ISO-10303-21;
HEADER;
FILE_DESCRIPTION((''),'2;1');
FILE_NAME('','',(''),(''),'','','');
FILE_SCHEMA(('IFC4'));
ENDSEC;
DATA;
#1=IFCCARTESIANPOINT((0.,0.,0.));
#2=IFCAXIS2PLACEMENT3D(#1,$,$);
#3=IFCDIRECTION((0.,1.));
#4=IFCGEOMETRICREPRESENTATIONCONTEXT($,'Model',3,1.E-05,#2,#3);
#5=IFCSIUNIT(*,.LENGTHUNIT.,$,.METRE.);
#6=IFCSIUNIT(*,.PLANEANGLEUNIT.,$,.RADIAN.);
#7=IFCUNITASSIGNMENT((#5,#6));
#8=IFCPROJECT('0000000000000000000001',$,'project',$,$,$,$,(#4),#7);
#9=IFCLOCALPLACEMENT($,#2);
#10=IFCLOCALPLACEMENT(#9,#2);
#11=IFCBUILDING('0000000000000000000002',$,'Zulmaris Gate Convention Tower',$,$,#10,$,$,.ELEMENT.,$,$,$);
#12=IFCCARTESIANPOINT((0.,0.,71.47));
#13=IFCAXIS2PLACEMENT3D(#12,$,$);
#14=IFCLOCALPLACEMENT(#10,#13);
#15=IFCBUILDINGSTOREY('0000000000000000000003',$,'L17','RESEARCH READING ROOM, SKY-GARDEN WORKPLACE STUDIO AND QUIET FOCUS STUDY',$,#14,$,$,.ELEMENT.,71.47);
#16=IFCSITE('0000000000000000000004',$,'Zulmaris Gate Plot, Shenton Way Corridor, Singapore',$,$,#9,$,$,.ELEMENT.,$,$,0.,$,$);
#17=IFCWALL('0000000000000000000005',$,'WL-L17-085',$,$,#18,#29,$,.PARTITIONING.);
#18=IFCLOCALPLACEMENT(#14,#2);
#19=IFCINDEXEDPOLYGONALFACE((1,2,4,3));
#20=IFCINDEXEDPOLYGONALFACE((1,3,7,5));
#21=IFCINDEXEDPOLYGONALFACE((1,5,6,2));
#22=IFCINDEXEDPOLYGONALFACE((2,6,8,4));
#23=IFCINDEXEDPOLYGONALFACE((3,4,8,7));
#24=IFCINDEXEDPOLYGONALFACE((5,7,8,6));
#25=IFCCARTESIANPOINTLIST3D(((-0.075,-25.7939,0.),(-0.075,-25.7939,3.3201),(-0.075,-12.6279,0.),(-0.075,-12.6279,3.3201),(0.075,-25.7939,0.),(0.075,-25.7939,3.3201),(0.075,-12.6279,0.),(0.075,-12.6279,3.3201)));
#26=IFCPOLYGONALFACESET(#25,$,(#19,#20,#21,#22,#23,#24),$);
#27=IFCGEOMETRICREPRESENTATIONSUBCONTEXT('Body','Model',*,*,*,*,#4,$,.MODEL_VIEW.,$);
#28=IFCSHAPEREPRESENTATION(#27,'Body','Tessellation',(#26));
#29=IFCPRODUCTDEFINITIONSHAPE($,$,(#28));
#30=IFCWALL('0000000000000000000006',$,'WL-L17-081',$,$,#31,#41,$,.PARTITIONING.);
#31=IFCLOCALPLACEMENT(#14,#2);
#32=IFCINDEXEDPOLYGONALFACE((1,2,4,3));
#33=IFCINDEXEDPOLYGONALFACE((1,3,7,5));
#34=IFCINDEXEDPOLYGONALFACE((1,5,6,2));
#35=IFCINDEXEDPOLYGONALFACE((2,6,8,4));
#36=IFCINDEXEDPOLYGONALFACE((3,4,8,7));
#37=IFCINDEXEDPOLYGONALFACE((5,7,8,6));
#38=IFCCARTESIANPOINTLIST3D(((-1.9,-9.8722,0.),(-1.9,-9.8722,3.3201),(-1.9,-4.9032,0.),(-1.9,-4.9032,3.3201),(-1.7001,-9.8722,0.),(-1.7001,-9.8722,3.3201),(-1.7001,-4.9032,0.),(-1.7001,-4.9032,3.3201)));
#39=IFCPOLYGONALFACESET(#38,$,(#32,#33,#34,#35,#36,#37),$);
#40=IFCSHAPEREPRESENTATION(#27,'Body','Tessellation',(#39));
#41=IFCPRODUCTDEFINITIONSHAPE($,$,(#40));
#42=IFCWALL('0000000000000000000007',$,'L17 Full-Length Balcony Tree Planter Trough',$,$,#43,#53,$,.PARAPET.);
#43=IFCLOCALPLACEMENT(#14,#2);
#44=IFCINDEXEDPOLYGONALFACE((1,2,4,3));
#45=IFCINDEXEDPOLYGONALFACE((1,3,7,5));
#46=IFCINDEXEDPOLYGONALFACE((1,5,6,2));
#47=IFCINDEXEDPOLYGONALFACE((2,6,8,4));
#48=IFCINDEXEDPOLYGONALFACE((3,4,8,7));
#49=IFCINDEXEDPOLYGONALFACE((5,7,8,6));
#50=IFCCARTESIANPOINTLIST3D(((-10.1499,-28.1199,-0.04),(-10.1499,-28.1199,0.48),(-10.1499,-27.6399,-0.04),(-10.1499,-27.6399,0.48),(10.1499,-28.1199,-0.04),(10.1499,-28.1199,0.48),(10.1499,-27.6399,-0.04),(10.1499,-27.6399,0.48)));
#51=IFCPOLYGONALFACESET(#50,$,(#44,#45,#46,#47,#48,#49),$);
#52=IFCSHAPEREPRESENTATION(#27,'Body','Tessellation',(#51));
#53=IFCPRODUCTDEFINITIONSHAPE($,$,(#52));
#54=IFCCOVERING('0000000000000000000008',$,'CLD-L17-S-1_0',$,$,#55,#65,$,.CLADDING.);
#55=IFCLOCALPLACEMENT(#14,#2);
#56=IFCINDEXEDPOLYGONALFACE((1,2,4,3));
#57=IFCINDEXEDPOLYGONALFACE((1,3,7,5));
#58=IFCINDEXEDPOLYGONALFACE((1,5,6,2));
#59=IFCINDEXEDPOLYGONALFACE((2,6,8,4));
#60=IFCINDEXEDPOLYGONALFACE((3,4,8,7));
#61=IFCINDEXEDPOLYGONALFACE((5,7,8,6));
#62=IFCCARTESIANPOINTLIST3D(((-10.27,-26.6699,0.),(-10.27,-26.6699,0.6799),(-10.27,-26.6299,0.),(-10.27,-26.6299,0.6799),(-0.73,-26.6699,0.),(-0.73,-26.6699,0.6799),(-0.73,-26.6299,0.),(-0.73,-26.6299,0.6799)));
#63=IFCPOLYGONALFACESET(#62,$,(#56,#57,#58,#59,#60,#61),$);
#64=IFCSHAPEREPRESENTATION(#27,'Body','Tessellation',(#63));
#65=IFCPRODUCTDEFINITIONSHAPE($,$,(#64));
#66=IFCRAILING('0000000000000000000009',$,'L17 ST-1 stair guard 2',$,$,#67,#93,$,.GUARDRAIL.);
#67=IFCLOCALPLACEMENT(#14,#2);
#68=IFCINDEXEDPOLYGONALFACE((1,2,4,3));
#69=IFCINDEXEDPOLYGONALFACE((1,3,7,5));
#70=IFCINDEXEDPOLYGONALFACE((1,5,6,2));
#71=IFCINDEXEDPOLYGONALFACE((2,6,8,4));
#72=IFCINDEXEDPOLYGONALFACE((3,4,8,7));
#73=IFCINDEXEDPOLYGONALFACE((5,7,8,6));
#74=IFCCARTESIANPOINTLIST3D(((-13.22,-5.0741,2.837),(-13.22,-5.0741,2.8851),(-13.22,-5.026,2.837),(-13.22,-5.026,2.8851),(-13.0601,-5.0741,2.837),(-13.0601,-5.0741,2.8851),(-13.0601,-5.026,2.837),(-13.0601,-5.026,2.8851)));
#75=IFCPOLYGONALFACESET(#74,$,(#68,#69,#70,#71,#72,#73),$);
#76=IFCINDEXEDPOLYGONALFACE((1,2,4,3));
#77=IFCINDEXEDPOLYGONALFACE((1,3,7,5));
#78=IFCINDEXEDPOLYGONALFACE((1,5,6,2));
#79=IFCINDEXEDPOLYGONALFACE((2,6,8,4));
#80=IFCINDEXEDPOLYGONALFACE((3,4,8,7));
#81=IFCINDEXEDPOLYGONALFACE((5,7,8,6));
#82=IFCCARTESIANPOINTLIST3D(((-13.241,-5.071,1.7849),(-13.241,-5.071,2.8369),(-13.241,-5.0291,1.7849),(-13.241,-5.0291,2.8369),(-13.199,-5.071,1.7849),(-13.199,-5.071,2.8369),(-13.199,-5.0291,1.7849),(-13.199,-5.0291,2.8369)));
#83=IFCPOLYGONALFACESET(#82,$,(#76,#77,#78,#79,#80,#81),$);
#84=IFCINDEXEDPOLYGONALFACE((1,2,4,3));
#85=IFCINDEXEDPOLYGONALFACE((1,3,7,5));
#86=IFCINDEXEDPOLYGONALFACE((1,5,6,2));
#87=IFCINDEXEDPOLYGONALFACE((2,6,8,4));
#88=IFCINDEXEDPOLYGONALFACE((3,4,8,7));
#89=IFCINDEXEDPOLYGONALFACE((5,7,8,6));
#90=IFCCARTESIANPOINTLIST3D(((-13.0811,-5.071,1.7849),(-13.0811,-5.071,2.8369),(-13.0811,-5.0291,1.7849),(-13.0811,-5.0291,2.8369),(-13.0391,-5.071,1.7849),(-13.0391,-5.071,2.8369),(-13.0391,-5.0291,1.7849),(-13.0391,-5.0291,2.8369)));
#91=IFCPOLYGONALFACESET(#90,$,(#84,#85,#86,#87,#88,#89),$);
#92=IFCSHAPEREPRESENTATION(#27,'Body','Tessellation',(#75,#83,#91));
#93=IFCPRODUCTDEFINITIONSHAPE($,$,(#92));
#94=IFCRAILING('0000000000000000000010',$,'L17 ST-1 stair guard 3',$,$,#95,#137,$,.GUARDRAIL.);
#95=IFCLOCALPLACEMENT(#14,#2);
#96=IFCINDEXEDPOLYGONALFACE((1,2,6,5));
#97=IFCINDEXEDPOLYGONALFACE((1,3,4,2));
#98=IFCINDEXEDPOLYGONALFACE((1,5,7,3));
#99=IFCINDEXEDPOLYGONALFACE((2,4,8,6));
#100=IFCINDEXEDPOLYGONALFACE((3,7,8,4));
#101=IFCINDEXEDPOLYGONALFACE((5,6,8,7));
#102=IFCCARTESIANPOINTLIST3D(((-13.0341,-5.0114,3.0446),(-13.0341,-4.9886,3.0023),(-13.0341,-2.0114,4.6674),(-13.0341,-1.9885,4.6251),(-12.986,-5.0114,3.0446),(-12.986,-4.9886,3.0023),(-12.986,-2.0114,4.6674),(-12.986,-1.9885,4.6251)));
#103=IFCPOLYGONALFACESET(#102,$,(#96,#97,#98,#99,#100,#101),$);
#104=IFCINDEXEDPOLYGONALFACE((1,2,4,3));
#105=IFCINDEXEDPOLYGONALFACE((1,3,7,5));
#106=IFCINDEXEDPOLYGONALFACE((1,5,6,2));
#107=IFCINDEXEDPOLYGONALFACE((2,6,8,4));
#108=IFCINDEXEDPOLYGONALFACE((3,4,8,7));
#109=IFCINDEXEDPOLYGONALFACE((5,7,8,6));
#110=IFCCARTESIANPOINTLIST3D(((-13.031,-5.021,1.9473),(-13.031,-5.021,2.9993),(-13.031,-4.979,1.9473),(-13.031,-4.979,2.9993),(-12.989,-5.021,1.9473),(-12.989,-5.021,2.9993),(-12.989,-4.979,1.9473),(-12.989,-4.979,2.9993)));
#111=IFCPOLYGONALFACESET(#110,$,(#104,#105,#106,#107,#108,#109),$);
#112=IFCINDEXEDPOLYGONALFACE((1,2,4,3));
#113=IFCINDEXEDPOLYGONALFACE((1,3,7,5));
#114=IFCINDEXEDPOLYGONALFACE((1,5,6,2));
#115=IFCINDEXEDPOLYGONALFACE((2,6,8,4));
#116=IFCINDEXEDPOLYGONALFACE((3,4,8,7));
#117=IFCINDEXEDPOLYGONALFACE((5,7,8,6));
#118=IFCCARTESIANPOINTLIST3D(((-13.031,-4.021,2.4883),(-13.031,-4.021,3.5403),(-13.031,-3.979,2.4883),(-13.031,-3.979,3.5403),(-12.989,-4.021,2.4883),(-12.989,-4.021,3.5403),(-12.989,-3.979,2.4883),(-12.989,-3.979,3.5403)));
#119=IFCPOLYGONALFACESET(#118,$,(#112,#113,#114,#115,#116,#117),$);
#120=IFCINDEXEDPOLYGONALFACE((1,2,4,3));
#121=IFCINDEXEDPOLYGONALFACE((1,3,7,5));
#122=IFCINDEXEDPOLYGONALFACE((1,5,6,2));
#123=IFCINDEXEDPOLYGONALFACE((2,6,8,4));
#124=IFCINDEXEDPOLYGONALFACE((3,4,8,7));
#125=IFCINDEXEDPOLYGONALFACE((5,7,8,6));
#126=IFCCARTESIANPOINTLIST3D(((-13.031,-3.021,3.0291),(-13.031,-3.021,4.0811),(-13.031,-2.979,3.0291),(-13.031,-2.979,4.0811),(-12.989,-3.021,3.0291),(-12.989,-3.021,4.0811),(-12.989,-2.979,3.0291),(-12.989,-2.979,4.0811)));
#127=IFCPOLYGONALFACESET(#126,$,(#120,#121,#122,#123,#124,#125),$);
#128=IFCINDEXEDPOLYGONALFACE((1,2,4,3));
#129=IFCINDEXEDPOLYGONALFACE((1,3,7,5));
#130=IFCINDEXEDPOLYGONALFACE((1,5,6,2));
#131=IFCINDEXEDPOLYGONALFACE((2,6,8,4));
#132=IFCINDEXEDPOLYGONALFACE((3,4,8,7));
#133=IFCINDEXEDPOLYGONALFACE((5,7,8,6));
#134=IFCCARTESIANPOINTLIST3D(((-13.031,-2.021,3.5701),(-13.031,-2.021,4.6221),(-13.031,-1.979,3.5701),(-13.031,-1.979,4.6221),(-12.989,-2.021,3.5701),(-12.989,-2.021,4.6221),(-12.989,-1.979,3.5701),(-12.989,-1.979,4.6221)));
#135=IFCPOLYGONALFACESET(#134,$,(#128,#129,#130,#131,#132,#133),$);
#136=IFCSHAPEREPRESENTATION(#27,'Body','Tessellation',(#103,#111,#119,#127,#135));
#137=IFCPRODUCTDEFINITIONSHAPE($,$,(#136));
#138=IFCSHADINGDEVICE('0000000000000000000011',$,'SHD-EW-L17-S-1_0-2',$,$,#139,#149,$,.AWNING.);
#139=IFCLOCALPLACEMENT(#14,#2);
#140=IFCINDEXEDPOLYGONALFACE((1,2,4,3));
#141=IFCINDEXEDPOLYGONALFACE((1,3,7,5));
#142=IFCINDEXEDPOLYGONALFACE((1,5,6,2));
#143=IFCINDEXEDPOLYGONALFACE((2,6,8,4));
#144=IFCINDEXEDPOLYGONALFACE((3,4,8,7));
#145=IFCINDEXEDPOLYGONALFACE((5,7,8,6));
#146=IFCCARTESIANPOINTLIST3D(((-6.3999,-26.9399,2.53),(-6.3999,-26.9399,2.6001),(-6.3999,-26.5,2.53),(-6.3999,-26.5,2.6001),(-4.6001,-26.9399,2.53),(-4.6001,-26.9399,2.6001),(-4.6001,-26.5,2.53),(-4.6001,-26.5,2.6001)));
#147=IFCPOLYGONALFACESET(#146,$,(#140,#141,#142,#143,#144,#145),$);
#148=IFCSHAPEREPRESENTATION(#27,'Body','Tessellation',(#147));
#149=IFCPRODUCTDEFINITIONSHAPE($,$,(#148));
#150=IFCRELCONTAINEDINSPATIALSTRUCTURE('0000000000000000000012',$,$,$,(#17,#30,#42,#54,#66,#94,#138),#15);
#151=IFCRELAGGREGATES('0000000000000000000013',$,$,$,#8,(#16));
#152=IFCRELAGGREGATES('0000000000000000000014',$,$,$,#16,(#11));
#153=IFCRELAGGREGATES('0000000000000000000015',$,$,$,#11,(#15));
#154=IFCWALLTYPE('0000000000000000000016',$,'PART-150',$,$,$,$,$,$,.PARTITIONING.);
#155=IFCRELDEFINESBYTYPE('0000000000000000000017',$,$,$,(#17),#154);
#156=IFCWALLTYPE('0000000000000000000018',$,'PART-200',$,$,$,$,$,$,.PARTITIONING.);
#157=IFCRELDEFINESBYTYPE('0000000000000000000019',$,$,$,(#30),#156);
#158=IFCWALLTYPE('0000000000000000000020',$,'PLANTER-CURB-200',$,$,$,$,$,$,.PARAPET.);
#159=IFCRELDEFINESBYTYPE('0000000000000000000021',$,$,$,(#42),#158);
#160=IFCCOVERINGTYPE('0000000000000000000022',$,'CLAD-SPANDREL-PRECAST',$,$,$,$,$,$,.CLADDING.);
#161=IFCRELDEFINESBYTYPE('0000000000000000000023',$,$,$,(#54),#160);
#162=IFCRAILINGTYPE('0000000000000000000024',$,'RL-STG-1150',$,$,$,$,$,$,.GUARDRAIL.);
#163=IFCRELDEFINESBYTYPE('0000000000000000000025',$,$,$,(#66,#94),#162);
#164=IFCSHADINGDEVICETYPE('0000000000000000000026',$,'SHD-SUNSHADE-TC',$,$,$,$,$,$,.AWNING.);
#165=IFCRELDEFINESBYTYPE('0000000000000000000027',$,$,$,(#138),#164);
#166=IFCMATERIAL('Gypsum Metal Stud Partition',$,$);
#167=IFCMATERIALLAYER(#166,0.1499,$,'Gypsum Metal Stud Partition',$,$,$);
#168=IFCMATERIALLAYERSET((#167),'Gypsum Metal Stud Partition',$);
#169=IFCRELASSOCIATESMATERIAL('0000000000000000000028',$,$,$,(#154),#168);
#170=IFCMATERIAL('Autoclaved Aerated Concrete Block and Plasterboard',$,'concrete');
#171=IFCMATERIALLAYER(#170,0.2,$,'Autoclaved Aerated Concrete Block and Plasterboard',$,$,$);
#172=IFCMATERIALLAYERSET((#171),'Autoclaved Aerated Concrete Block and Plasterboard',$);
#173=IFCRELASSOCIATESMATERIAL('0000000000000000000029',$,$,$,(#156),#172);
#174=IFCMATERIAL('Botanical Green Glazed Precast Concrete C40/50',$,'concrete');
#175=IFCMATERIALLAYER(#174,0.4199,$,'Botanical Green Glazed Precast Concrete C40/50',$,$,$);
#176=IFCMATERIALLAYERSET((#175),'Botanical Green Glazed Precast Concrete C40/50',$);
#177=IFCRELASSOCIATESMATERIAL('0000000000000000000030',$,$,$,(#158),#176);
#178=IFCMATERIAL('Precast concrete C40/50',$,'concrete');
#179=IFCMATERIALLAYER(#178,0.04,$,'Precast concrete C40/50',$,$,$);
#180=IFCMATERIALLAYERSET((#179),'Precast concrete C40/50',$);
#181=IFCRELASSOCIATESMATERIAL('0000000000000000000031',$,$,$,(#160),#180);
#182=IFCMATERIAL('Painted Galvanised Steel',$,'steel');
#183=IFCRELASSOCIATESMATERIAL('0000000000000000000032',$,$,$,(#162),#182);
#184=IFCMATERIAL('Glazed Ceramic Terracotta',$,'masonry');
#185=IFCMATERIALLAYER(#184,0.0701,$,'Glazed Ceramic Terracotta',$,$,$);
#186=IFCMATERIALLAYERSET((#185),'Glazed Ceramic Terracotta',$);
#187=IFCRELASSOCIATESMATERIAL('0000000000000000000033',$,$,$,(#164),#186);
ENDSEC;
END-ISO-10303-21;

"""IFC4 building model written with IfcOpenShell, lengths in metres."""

from ifc_helpers import new_model, si_unit, direction, frame, frame_2d, origin, origin_2d, place, context, subcontext, project, spatial, rectangle, extrude, material, layer, layer_set, type_object, element, save


model = new_model("IFC4")

# Units and contexts
model_context = context("Model", 3, precision=1e-05, world=origin(), true_north=direction((0.0, 1.0)))
body_context = subcontext(model_context, "Body", "Model", "MODEL_VIEW")
ifc_project = project(units=[si_unit("LENGTHUNIT", "METRE"), si_unit("PLANEANGLEUNIT", "RADIAN")], contexts=[model_context])

# Site, building, storey
site_placement = place(None, origin())
site = spatial("IfcSite", under=ifc_project, at=site_placement, Name="Zulmaris Gate Plot, Shenton Way Corridor, Singapore", CompositionType="ELEMENT", RefElevation=0.0)
building_placement = place(site_placement, origin())
building = spatial("IfcBuilding", under=site, at=building_placement, Name="Zulmaris Gate Convention Tower", CompositionType="ELEMENT")
storey_placement = place(building_placement, frame((0.0, 0.0, 71.47)))
storey = spatial("IfcBuildingStorey", under=building, at=storey_placement, Name="L17", Description="RESEARCH READING ROOM, SKY-GARDEN WORKPLACE STUDIO AND QUIET FOCUS STUDY", CompositionType="ELEMENT", Elevation=71.47)

# Shared definitions
ifc_material_1 = material(Name="Gypsum Metal Stud Partition")
ifc_layer_1 = layer(ifc_material_1, 0.1499, Name="Gypsum Metal Stud Partition")
ifc_layer_set_1 = layer_set([ifc_layer_1], Name="Gypsum Metal Stud Partition")
wall_type_1 = type_object("IfcWallType", Name="PART-150", PredefinedType="PARTITIONING", material=ifc_layer_set_1)

# Walls
wall_1_placement = place(storey_placement, frame((0.0, -25.7939, 0.0), z_axis=(0.0, 0.0, 1.0), x_axis=(0.0, 1.0, 0.0)))
element("IfcWall", 1, at=wall_1_placement, inside=storey, type_object=wall_type_1, Name="WL-L17-085", PredefinedType="PARTITIONING", context=body_context, shape_type="SweptSolid", body=[
    extrude(rectangle(XDim=13.166, YDim=0.1499, at=frame_2d((6.583, 0.0))), origin(), (0.0, 0.0, 1.0), 3.3201),
])
ifc_material_2 = material(Name="Autoclaved Aerated Concrete Block and Plasterboard", Category="concrete")
ifc_layer_2 = layer(ifc_material_2, 0.2, Name="Autoclaved Aerated Concrete Block and Plasterboard")
ifc_layer_set_2 = layer_set([ifc_layer_2], Name="Autoclaved Aerated Concrete Block and Plasterboard")
wall_type_2 = type_object("IfcWallType", Name="PART-200", PredefinedType="PARTITIONING", material=ifc_layer_set_2)
wall_2_placement = place(storey_placement, frame((-1.8, -9.8721, 0.0), z_axis=(0.0, 0.0, 1.0), x_axis=(0.0, 1.0, 0.0)))
element("IfcWall", 2, at=wall_2_placement, inside=storey, type_object=wall_type_2, Name="WL-L17-081", PredefinedType="PARTITIONING", context=body_context, shape_type="SweptSolid", body=[
    extrude(rectangle(XDim=4.969, YDim=0.2, at=frame_2d((2.4844, 0.0))), origin(), (0.0, 0.0, 1.0), 3.3201),
])
ifc_material_3 = material(Name="Botanical Green Glazed Precast Concrete C40/50", Category="concrete")
ifc_layer_3 = layer(ifc_material_3, 0.4199, Name="Botanical Green Glazed Precast Concrete C40/50")
ifc_layer_set_3 = layer_set([ifc_layer_3], Name="Botanical Green Glazed Precast Concrete C40/50")
wall_type_3 = type_object("IfcWallType", Name="PLANTER-CURB-200", PredefinedType="PARAPET", material=ifc_layer_set_3)
wall_3_placement = place(storey_placement, frame((-10.1499, -27.8799, -0.04), z_axis=(0.0, 0.0, 1.0), x_axis=(1.0, 0.0, 0.0)))
element("IfcWall", 3, at=wall_3_placement, inside=storey, type_object=wall_type_3, Name="L17 Full-Length Balcony Tree Planter Trough", PredefinedType="PARAPET", context=body_context, shape_type="SweptSolid", body=[
    extrude(rectangle(XDim=20.2998, YDim=0.48, at=frame_2d((10.1499, 0.0))), origin(), (0.0, 0.0, 1.0), 0.52),
])

# Shared definitions
ifc_material_4 = material(Name="Precast concrete C40/50", Category="concrete")

# Covering
ifc_layer_4 = layer(ifc_material_4, 0.04, Name="Precast concrete C40/50")
ifc_layer_set_4 = layer_set([ifc_layer_4], Name="Precast concrete C40/50")
covering_type = type_object("IfcCoveringType", Name="CLAD-SPANDREL-PRECAST", PredefinedType="CLADDING", material=ifc_layer_set_4)
covering_placement = place(storey_placement, frame((-10.27, -26.6499, 0.0), z_axis=(0.0, 0.0, 1.0), x_axis=(1.0, 0.0, 0.0)))
element("IfcCovering", 4, at=covering_placement, inside=storey, type_object=covering_type, Name="CLD-L17-S-1_0", PredefinedType="CLADDING", context=body_context, shape_type="SweptSolid", body=[
    extrude(rectangle(XDim=9.54, YDim=0.04, at=frame_2d((4.77, 0.0))), origin(), (0.0, 0.0, 1.0), 0.6799),
])

# Railings
ifc_material_5 = material(Name="Painted Galvanised Steel", Category="steel")
railing_type = type_object("IfcRailingType", Name="RL-STG-1150", PredefinedType="GUARDRAIL", material=ifc_material_5)
railing_1_placement = place(storey_placement, frame((-13.22, -5.05, 1.7849)))
element("IfcRailing", 5, at=railing_1_placement, inside=storey, type_object=railing_type, Name="L17 ST-1 stair guard 2", PredefinedType="GUARDRAIL", context=body_context, shape_type="SweptSolid", body=[
    extrude(rectangle(XDim=0.0481, YDim=0.0481, at=origin_2d()), frame((0.0, 0.0, 1.0762), z_axis=(1.0, 0.0, 0.0), x_axis=(0.0, 1.0, 0.0)), (0.0, 0.0, 1.0), 0.1599),
    extrude(rectangle(XDim=0.042, YDim=0.042, at=origin_2d()), origin(), (0.0, 0.0, 1.0), 1.052),
    extrude(rectangle(XDim=0.042, YDim=0.042, at=origin_2d()), frame((0.1599, 0.0, 0.0)), (0.0, 0.0, 1.0), 1.052),
])
railing_2_placement = place(storey_placement, frame((-13.01, -5.0, 1.9473)))
element("IfcRailing", 6, at=railing_2_placement, inside=storey, type_object=railing_type, Name="L17 ST-1 stair guard 3", PredefinedType="GUARDRAIL", context=body_context, shape_type="SweptSolid", body=[
    extrude(rectangle(XDim=0.0481, YDim=0.0481, at=origin_2d()), frame((0.0, 0.0, 1.0762), z_axis=(0.0, 0.879562, 0.475785), x_axis=(-1.0, 0.0, 0.0)), (0.0, 0.0, 1.0), 3.4109),
    extrude(rectangle(XDim=0.042, YDim=0.042, at=origin_2d()), origin(), (0.0, 0.0, 1.0), 1.052),
    extrude(rectangle(XDim=0.042, YDim=0.042, at=origin_2d()), frame((0.0, 1.0, 0.541)), (0.0, 0.0, 1.0), 1.052),
    extrude(rectangle(XDim=0.042, YDim=0.042, at=origin_2d()), frame((0.0, 2.0, 1.0818)), (0.0, 0.0, 1.0), 1.052),
    extrude(rectangle(XDim=0.042, YDim=0.042, at=origin_2d()), frame((0.0, 3.0, 1.6228)), (0.0, 0.0, 1.0), 1.052),
])

# Shading device
ifc_material_6 = material(Name="Glazed Ceramic Terracotta", Category="masonry")
ifc_layer_5 = layer(ifc_material_6, 0.0701, Name="Glazed Ceramic Terracotta")
ifc_layer_set_5 = layer_set([ifc_layer_5], Name="Glazed Ceramic Terracotta")
shading_device_type = type_object("IfcShadingDeviceType", Name="SHD-SUNSHADE-TC", PredefinedType="AWNING", material=ifc_layer_set_5)
shading_device_placement = place(storey_placement, frame((-6.3999, -26.72, 2.53), z_axis=(0.0, 0.0, 1.0), x_axis=(1.0, 0.0, 0.0)))
element("IfcShadingDevice", 7, at=shading_device_placement, inside=storey, type_object=shading_device_type, Name="SHD-EW-L17-S-1_0-2", PredefinedType="AWNING", context=body_context, shape_type="SweptSolid", body=[
    extrude(rectangle(XDim=1.7998, YDim=0.4399, at=frame_2d((0.8999, 0.0))), origin(), (0.0, 0.0, 1.0), 0.0701),
])

save(model, "model.ifc")
